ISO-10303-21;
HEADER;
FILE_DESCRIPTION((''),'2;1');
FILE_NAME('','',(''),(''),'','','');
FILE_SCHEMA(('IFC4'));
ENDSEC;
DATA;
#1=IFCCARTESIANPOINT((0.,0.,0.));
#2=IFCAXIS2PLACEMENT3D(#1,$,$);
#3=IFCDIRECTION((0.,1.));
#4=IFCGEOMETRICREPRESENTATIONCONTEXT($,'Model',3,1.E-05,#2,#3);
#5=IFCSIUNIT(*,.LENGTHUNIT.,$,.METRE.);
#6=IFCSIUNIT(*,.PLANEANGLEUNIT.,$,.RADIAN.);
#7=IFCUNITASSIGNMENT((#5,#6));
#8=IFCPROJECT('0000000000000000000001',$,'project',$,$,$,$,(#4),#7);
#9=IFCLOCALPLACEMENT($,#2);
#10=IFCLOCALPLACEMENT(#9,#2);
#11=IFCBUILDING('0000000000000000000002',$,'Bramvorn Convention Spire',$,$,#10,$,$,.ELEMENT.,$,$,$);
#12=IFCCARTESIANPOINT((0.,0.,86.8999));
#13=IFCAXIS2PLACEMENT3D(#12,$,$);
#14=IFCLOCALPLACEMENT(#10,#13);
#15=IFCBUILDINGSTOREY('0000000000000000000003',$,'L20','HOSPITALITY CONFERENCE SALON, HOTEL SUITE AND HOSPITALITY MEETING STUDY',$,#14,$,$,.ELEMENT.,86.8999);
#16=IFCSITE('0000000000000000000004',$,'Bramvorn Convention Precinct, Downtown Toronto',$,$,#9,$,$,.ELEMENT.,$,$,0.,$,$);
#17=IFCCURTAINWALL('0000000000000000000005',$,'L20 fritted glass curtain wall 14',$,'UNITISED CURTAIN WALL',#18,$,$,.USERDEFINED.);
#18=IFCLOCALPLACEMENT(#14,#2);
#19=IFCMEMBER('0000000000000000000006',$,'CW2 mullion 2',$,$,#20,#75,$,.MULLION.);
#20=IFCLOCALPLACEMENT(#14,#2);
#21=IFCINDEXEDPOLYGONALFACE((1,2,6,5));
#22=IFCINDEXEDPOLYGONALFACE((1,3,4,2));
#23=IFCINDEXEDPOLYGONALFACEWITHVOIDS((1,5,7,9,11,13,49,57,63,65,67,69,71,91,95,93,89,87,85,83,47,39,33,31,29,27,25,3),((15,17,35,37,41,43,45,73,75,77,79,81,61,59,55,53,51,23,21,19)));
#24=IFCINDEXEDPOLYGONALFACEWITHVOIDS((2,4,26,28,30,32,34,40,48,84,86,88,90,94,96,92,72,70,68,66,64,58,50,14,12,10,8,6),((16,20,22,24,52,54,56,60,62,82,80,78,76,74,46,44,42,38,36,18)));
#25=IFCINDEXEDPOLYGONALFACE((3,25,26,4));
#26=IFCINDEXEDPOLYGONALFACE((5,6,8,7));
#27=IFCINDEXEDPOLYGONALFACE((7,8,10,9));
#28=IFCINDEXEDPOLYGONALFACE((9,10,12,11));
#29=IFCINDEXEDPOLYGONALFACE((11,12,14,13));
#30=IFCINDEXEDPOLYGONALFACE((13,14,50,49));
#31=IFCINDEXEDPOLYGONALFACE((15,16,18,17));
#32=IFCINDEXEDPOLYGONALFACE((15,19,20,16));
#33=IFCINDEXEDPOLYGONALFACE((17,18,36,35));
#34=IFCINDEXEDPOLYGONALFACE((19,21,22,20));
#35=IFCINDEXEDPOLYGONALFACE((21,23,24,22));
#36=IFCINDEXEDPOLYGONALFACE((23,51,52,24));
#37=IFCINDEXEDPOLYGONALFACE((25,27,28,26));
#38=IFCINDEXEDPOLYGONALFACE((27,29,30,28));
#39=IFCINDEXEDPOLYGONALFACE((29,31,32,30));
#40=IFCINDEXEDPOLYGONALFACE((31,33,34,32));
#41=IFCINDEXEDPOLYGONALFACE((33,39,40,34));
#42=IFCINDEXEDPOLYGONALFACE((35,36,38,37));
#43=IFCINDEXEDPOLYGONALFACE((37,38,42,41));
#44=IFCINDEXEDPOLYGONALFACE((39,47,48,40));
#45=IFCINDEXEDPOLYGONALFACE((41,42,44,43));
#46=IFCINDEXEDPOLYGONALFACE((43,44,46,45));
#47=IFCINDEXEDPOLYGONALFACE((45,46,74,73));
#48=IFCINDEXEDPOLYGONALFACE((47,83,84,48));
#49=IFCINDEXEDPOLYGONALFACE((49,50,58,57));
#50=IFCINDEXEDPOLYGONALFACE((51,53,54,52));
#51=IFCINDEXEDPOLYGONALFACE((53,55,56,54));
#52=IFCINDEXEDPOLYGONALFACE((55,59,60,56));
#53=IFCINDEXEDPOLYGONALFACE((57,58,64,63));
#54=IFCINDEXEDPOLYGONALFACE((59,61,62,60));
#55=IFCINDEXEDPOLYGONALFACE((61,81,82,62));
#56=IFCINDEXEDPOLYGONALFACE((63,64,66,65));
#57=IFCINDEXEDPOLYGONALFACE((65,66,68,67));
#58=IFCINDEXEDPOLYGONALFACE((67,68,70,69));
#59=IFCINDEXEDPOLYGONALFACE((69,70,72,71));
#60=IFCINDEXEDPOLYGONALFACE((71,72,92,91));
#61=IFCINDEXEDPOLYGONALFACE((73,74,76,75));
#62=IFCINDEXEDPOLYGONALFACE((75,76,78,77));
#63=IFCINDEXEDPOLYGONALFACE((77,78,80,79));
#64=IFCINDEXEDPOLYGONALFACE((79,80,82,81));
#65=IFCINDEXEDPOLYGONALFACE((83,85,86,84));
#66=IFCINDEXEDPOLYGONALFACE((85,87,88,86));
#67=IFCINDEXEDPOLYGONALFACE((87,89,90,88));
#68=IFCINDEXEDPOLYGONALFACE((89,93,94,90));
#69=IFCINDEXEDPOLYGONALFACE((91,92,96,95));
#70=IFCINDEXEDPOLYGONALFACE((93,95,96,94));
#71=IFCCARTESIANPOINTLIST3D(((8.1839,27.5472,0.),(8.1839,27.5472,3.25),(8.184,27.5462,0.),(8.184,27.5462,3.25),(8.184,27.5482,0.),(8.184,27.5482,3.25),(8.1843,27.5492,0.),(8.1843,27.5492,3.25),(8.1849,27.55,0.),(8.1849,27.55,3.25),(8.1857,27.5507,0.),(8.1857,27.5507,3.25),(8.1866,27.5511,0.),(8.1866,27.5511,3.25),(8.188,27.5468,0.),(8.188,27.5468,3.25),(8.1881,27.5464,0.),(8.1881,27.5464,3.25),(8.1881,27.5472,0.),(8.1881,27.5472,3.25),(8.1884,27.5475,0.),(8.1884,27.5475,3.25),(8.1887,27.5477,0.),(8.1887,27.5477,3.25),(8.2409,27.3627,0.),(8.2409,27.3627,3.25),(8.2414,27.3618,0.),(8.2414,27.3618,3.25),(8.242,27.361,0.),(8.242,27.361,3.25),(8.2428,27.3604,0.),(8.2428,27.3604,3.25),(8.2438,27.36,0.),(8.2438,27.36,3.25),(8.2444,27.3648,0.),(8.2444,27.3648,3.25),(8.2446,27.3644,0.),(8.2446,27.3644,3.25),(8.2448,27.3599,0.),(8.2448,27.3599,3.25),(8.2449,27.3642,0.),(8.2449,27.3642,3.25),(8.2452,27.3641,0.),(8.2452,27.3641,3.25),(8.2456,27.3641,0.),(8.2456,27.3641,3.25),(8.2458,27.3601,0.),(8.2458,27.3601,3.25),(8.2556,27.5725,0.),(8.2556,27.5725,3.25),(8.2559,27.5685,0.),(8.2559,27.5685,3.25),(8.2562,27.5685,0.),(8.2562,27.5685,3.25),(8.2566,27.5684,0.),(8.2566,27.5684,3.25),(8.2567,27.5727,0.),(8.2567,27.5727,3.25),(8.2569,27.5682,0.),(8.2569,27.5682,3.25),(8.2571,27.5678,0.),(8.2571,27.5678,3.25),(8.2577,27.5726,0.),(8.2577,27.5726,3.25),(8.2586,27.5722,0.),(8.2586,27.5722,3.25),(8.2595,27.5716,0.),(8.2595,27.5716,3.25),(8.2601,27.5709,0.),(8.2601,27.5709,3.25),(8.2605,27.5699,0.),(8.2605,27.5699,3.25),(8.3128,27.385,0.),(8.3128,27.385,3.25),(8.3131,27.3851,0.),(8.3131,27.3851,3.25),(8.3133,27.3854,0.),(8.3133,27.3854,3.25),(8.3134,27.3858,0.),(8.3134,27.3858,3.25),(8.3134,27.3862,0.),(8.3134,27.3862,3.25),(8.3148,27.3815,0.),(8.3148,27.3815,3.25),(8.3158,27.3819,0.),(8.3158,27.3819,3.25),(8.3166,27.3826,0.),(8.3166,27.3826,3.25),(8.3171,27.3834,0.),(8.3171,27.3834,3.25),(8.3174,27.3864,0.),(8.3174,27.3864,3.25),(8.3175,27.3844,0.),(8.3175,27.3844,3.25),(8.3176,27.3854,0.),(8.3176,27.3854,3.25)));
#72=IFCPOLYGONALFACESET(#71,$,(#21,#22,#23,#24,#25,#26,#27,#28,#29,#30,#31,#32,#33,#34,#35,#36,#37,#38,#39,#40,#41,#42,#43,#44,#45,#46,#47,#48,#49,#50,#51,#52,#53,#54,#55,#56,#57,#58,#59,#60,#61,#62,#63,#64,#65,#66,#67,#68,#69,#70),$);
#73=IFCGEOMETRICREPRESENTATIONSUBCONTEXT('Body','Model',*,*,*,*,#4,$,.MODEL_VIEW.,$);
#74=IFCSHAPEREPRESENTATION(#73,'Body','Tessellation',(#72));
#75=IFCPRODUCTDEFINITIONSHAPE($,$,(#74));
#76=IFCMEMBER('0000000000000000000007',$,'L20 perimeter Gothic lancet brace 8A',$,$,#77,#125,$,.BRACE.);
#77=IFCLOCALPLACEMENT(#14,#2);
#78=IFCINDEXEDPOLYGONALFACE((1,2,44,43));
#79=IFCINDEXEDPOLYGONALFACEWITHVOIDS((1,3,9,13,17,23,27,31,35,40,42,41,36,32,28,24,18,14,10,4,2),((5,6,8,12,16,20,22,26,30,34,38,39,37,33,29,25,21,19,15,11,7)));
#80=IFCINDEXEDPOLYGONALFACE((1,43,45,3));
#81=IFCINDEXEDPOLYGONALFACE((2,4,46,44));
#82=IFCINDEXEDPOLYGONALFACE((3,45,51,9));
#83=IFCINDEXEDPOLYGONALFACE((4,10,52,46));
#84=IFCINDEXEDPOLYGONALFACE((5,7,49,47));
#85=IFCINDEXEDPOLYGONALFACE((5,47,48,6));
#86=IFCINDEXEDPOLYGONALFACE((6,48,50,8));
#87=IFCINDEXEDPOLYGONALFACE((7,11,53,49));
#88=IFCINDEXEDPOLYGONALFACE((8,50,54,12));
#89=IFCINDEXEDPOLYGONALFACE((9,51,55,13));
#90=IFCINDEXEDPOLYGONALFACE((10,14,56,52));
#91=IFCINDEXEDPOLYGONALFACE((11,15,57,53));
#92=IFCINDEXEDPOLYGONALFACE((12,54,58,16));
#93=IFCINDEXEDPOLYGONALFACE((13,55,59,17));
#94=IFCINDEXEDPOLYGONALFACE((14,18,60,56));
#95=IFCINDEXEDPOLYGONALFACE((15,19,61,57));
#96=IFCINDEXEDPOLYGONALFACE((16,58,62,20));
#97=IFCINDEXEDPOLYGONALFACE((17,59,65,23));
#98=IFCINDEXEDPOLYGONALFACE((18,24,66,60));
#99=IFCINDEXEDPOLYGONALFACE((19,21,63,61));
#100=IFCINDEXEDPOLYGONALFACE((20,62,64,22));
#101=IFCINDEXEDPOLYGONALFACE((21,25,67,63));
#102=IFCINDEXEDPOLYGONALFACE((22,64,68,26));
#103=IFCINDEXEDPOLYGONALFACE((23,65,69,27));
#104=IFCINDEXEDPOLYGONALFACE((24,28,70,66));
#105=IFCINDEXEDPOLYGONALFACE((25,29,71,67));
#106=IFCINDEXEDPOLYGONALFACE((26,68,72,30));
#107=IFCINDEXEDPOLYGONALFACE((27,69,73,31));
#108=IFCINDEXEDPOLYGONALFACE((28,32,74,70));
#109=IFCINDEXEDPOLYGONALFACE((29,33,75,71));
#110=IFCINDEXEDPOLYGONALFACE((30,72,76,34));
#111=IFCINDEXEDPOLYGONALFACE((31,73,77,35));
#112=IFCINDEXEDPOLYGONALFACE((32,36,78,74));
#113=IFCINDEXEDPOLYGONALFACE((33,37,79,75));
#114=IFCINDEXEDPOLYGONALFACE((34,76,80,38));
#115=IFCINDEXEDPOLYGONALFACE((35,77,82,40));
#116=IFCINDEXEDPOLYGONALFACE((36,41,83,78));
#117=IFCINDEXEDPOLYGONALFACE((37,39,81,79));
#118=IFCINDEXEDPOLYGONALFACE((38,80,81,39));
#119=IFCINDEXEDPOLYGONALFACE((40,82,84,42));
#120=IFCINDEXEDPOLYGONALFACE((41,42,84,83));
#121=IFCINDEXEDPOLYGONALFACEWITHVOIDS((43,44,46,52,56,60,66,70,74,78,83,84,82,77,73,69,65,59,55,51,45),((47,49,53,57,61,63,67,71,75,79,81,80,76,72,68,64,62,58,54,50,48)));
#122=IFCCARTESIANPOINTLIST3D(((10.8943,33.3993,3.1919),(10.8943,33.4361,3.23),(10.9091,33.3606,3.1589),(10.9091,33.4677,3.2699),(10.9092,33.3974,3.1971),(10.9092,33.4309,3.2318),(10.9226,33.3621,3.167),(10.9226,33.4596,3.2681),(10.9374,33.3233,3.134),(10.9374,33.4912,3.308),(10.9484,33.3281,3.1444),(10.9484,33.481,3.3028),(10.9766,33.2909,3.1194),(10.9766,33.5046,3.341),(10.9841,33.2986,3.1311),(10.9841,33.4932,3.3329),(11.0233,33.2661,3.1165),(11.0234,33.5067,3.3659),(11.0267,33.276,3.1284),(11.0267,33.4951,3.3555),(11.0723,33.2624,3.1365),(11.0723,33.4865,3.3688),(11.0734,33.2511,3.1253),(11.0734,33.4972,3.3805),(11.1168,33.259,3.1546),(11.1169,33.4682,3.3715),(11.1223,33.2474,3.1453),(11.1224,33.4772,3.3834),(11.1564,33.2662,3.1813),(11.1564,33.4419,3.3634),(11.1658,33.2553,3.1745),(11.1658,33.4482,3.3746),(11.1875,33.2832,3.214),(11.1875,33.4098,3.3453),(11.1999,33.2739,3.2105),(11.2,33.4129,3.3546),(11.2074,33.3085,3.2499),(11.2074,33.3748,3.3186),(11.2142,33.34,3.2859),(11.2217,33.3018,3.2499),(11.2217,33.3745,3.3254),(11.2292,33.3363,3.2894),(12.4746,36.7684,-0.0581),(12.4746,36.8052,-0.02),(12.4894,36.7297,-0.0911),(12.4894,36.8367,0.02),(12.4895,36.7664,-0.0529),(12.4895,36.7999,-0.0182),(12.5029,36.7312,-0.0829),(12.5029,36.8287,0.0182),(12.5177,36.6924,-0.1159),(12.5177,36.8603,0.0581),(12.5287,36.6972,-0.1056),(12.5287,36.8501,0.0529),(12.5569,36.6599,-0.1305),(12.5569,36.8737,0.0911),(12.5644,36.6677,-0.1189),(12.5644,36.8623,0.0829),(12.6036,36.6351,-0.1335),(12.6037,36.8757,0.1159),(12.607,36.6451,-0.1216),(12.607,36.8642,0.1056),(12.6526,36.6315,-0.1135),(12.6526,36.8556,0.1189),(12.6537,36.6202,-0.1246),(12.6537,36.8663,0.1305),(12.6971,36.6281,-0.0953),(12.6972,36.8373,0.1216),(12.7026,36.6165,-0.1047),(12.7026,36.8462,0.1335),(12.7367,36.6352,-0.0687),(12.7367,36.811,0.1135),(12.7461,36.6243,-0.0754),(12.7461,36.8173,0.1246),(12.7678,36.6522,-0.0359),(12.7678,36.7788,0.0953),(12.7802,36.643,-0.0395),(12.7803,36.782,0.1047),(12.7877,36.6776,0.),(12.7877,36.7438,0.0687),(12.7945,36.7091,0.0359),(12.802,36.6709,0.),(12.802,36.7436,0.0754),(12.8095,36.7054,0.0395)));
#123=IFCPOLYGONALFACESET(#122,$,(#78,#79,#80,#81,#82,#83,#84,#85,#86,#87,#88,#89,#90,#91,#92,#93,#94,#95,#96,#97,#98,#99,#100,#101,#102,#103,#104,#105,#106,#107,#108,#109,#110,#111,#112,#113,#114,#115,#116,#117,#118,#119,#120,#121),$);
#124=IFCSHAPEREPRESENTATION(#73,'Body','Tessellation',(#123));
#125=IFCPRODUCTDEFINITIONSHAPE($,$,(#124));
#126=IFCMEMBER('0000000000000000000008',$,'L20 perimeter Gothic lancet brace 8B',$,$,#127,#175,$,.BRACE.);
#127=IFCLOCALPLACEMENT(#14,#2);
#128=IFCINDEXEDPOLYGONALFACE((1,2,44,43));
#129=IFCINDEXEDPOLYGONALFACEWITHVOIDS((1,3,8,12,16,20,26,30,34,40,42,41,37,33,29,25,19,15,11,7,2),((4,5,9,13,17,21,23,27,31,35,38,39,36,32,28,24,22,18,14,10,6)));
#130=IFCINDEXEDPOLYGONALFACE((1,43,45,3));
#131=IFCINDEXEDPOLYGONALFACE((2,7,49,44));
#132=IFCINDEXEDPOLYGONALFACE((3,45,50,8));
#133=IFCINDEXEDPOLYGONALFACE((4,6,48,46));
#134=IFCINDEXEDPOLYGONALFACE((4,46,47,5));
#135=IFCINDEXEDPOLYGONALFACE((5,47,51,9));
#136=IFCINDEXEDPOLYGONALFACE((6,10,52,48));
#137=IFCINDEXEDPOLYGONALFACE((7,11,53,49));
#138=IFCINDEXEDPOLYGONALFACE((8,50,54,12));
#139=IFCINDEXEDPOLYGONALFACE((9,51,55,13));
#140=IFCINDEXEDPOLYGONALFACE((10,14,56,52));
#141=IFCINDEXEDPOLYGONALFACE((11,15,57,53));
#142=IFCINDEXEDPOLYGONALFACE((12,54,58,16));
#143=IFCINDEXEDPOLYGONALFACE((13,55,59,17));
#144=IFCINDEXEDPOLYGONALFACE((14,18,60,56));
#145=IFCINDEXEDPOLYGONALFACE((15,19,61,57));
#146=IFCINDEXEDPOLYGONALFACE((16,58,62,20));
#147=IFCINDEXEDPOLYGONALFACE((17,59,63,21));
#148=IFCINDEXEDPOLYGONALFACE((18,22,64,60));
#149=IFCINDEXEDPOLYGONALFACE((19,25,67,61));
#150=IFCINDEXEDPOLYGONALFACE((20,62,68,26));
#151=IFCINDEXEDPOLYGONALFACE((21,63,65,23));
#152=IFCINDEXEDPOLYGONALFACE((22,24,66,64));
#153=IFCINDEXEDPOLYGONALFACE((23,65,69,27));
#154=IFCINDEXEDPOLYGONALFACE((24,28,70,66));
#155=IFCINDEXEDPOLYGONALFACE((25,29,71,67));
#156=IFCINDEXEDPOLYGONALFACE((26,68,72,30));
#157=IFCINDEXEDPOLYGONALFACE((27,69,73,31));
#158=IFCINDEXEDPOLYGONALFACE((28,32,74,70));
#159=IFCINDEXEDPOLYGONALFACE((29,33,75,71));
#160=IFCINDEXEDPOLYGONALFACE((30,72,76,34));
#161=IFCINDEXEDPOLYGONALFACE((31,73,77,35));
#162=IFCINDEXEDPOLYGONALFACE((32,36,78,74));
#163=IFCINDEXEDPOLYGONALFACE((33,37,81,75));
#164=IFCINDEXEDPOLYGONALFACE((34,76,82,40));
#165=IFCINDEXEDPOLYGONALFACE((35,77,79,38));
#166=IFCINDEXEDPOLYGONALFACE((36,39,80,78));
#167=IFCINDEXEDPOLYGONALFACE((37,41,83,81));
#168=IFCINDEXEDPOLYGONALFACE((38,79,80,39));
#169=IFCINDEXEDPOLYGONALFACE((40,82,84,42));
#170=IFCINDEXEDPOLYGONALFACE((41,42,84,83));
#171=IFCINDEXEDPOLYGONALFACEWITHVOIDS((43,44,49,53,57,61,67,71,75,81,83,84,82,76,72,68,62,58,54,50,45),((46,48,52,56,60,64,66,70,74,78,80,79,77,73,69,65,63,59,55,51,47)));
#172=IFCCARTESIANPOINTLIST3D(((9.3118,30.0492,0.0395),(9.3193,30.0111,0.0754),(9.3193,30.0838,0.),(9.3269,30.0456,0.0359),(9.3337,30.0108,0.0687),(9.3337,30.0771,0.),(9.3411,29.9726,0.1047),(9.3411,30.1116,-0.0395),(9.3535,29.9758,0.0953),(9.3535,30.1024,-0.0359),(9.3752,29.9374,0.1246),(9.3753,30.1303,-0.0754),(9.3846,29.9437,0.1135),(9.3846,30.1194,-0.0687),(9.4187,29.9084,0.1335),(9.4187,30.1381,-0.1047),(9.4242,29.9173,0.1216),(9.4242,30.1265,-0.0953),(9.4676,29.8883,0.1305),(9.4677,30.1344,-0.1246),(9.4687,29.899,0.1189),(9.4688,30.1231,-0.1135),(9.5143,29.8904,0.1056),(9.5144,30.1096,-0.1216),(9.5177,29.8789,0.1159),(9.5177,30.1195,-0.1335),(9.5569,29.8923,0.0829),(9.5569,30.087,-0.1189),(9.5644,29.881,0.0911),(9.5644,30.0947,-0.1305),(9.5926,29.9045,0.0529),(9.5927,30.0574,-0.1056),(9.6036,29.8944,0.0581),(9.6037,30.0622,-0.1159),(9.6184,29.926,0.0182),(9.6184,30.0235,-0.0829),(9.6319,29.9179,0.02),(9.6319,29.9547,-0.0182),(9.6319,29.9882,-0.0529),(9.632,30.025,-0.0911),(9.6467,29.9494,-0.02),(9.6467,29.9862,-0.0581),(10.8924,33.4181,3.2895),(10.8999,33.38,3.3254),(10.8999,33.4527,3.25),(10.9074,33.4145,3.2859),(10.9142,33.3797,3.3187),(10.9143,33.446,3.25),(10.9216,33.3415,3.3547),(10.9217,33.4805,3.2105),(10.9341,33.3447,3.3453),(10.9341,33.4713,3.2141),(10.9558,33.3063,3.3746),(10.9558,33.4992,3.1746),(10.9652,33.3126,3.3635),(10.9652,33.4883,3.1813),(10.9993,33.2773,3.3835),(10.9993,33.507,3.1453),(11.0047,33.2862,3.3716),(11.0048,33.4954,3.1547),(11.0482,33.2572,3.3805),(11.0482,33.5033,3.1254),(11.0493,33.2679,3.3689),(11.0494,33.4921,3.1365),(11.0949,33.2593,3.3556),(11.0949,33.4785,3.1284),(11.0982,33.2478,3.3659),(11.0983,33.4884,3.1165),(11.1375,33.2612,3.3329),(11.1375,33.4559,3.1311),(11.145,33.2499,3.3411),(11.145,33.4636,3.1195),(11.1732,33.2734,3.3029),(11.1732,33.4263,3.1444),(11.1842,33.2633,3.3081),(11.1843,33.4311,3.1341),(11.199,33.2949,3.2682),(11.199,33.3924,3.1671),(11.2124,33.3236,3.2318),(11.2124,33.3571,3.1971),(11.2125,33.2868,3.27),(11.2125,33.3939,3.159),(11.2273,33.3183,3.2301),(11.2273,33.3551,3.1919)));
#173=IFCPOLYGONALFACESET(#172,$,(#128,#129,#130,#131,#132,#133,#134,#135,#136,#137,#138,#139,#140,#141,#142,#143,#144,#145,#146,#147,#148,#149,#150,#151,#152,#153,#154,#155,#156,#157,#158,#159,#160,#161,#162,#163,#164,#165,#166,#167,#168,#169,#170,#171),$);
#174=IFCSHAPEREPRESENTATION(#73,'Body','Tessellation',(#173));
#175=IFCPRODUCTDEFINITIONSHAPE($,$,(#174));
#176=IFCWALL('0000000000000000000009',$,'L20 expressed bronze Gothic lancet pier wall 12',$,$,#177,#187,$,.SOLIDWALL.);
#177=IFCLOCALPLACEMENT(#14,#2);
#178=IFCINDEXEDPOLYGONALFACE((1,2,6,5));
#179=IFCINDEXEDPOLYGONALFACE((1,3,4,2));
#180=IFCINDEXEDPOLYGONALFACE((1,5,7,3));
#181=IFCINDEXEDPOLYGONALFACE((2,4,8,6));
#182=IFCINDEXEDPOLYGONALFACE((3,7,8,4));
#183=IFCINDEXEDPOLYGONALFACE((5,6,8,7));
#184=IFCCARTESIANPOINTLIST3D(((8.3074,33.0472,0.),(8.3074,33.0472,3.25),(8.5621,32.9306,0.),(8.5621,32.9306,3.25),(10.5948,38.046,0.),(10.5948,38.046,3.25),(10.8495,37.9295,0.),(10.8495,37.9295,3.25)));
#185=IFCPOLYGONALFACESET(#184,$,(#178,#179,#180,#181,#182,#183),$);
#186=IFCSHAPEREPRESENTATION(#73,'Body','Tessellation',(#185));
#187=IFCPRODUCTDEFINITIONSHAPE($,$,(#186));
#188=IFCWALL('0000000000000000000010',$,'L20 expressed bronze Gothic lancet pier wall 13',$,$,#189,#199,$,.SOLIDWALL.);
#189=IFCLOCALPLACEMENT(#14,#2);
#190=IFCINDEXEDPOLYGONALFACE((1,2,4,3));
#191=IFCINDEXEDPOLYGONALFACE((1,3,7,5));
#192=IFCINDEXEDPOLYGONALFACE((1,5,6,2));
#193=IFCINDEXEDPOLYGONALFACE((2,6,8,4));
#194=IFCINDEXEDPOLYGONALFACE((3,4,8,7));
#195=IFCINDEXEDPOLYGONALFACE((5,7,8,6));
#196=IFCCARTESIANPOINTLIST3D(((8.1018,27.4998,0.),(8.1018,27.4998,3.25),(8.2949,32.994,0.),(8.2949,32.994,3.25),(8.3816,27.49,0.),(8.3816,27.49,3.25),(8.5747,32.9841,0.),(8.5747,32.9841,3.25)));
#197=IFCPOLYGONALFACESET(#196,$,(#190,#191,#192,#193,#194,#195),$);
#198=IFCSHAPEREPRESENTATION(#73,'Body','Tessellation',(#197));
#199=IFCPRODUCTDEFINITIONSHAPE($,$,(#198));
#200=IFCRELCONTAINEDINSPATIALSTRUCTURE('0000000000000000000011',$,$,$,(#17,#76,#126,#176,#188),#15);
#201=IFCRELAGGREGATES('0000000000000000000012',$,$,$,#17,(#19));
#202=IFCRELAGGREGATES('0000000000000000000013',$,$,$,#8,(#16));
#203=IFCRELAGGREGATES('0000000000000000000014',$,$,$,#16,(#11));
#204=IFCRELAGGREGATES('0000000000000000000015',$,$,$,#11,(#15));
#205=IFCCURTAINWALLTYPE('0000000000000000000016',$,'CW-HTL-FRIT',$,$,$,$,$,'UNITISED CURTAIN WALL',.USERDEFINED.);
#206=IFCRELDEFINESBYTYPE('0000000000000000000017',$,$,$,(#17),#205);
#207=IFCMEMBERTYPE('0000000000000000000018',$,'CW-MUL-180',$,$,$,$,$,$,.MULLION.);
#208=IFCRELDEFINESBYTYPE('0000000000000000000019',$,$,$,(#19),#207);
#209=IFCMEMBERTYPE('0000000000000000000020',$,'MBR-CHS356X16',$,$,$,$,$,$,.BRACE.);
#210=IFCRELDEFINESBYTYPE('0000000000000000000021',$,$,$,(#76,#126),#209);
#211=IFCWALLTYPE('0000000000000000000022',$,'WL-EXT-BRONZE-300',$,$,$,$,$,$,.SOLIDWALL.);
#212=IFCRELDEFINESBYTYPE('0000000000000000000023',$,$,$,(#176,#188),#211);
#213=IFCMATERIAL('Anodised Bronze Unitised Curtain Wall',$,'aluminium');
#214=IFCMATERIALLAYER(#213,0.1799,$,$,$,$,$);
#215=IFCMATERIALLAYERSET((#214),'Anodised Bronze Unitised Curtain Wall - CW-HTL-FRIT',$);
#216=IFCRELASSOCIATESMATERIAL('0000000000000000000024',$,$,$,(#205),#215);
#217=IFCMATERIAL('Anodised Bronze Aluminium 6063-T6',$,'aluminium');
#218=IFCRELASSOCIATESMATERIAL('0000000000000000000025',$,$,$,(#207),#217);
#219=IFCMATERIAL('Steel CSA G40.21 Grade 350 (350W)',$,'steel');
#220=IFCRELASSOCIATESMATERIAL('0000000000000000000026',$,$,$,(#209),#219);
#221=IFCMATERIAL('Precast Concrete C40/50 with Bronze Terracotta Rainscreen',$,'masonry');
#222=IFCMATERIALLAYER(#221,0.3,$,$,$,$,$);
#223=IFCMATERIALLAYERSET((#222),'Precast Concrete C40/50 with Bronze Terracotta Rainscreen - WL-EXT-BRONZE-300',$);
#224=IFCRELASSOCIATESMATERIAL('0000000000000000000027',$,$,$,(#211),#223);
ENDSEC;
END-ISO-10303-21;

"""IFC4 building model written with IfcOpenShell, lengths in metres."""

from ifc_helpers import new_model, si_unit, direction, frame, frame_2d, origin, origin_2d, place, context, subcontext, project, spatial, rectangle, hollow_rectangle, hollow_circle, extrude, material, layer, layer_set, material_profile, profile_set, type_object, element, aggregate, save


model = new_model("IFC4")

# Units and contexts
model_context = context("Model", 3, precision=1e-05, world=origin(), true_north=direction((0.0, 1.0)))
body_context = subcontext(model_context, "Body", "Model", "MODEL_VIEW")
ifc_project = project(units=[si_unit("LENGTHUNIT", "METRE"), si_unit("PLANEANGLEUNIT", "RADIAN")], contexts=[model_context])

# Site, building, storey
site_placement = place(None, origin())
site = spatial("IfcSite", under=ifc_project, at=site_placement, Name="Bramvorn Convention Precinct, Downtown Toronto", CompositionType="ELEMENT", RefElevation=0.0)
building_placement = place(site_placement, origin())
building = spatial("IfcBuilding", under=site, at=building_placement, Name="Bramvorn Convention Spire", CompositionType="ELEMENT")
storey_placement = place(building_placement, frame((0.0, 0.0, 86.8999)))
storey = spatial("IfcBuildingStorey", under=building, at=storey_placement, Name="L20", Description="HOSPITALITY CONFERENCE SALON, HOTEL SUITE AND HOSPITALITY MEETING STUDY", CompositionType="ELEMENT", Elevation=86.8999)

# Shared definitions
ifc_material_1 = material(Name="Steel CSA G40.21 Grade 350 (350W)", Category="steel")

# Curtain wall, member
ifc_material_2 = material(Name="Anodised Bronze Unitised Curtain Wall", Category="aluminium")
ifc_layer_1 = layer(ifc_material_2, 0.1799)
ifc_layer_set_1 = layer_set([ifc_layer_1], Name="Anodised Bronze Unitised Curtain Wall - CW-HTL-FRIT")
curtain_wall_type = type_object("IfcCurtainWallType", Name="CW-HTL-FRIT", ElementType="UNITISED CURTAIN WALL", PredefinedType="USERDEFINED", material=ifc_layer_set_1)
curtain_wall_placement = place(storey_placement, origin())
curtain_wall = element("IfcCurtainWall", 1, at=curtain_wall_placement, inside=storey, type_object=curtain_wall_type, Name="L20 fritted glass curtain wall 14", ObjectType="UNITISED CURTAIN WALL", PredefinedType="USERDEFINED")
ifc_material_3 = material(Name="Anodised Bronze Aluminium 6063-T6", Category="aluminium")
ifc_material_profile_1 = material_profile(ifc_material_3, hollow_rectangle(XDim=0.0801, YDim=0.2, WallThickness=0.0039, InnerFilletRadius=0.001, OuterFilletRadius=0.0039, at=origin_2d()))
ifc_profile_set_1 = profile_set([ifc_material_profile_1], Name="Anodised Bronze Aluminium 6063-T6 - CWM80X200")
member_type_1 = type_object("IfcMemberType", Name="CW-MUL-180", PredefinedType="MULLION", material=ifc_profile_set_1)
member_placement = place(storey_placement, frame((8.2507, 27.4663, 0.0), z_axis=(0.0, 0.0, 1.0), x_axis=(-0.955167, -0.296067, 0.0)))
member = element("IfcMember", 2, at=member_placement, type_object=member_type_1, Name="CW2 mullion 2", PredefinedType="MULLION", context=body_context, shape_type="SweptSolid", body=[
    extrude(hollow_rectangle(XDim=0.0801, YDim=0.2, WallThickness=0.0039, InnerFilletRadius=0.001, OuterFilletRadius=0.0039, at=origin_2d()), origin(), (0.0, 0.0, 1.0), 3.25),
])
aggregate(curtain_wall, [member])

# Members
ifc_material_profile_2 = material_profile(ifc_material_1, hollow_circle(Radius=0.1777, WallThickness=0.0159, at=origin_2d()))
ifc_profile_set_2 = profile_set([ifc_material_profile_2], Name="Steel CSA G40.21 Grade 350 (350W) - CHS356X16")
member_type_2 = type_object("IfcMemberType", Name="MBR-CHS356X16", PredefinedType="BRACE", material=ifc_profile_set_2)
for number, where, z_axis, x_axis, name in (
    (3, (12.6411, 36.7463, 0.0), (-0.319855, -0.681909, 0.657795), (0.905352, -0.424662, 0.0), "L20 perimeter Gothic lancet brace 8A"),
    (4, (9.4802, 30.0083, 0.0), (0.31991, 0.681871, 0.657806), (-0.905315, 0.424741, 0.0), "L20 perimeter Gothic lancet brace 8B"),
):
    element("IfcMember", number, at=place(storey_placement, frame(where, z_axis=z_axis, x_axis=x_axis)), inside=storey, type_object=member_type_2, Name=name, PredefinedType="BRACE", context=body_context, shape_type="SweptSolid", body=[
        extrude(hollow_circle(Radius=0.1777, WallThickness=0.0159, at=origin_2d()), origin(), (0.0, 0.0, 1.0), 4.9407),
    ])

# Walls
ifc_material_4 = material(Name="Precast Concrete C40/50 with Bronze Terracotta Rainscreen", Category="masonry")
ifc_layer_2 = layer(ifc_material_4, 0.3)
ifc_layer_set_2 = layer_set([ifc_layer_2], Name="Precast Concrete C40/50 with Bronze Terracotta Rainscreen - WL-EXT-BRONZE-300")
wall_type_1 = type_object("IfcWallType", Name="WL-EXT-BRONZE-300", PredefinedType="SOLIDWALL", material=ifc_layer_set_2)
wall_1_placement = place(storey_placement, frame((8.4348, 32.989, 0.0), z_axis=(0.0, 0.0, 1.0), x_axis=(0.41609, 0.909323, 0.0)))
element("IfcWall", 5, at=wall_1_placement, inside=storey, type_object=wall_type_1, Name="L20 expressed bronze Gothic lancet pier wall 12", PredefinedType="SOLIDWALL", context=body_context, shape_type="SweptSolid", body=[
    extrude(rectangle(XDim=5.4973, YDim=0.28, at=frame_2d((2.7485, 0.0))), origin(), (0.0, 0.0, 1.0), 3.25),
])
wall_2_placement = place(storey_placement, frame((8.2417, 27.4949, 0.0), z_axis=(0.0, 0.0, 1.0), x_axis=(0.035128, 0.999383, 0.0)))
element("IfcWall", 6, at=wall_2_placement, inside=storey, type_object=wall_type_1, Name="L20 expressed bronze Gothic lancet pier wall 13", PredefinedType="SOLIDWALL", context=body_context, shape_type="SweptSolid", body=[
    extrude(rectangle(XDim=5.4976, YDim=0.28, at=frame_2d((2.7488, 0.0))), origin(), (0.0, 0.0, 1.0), 3.25),
])

save(model, "model.ifc")
